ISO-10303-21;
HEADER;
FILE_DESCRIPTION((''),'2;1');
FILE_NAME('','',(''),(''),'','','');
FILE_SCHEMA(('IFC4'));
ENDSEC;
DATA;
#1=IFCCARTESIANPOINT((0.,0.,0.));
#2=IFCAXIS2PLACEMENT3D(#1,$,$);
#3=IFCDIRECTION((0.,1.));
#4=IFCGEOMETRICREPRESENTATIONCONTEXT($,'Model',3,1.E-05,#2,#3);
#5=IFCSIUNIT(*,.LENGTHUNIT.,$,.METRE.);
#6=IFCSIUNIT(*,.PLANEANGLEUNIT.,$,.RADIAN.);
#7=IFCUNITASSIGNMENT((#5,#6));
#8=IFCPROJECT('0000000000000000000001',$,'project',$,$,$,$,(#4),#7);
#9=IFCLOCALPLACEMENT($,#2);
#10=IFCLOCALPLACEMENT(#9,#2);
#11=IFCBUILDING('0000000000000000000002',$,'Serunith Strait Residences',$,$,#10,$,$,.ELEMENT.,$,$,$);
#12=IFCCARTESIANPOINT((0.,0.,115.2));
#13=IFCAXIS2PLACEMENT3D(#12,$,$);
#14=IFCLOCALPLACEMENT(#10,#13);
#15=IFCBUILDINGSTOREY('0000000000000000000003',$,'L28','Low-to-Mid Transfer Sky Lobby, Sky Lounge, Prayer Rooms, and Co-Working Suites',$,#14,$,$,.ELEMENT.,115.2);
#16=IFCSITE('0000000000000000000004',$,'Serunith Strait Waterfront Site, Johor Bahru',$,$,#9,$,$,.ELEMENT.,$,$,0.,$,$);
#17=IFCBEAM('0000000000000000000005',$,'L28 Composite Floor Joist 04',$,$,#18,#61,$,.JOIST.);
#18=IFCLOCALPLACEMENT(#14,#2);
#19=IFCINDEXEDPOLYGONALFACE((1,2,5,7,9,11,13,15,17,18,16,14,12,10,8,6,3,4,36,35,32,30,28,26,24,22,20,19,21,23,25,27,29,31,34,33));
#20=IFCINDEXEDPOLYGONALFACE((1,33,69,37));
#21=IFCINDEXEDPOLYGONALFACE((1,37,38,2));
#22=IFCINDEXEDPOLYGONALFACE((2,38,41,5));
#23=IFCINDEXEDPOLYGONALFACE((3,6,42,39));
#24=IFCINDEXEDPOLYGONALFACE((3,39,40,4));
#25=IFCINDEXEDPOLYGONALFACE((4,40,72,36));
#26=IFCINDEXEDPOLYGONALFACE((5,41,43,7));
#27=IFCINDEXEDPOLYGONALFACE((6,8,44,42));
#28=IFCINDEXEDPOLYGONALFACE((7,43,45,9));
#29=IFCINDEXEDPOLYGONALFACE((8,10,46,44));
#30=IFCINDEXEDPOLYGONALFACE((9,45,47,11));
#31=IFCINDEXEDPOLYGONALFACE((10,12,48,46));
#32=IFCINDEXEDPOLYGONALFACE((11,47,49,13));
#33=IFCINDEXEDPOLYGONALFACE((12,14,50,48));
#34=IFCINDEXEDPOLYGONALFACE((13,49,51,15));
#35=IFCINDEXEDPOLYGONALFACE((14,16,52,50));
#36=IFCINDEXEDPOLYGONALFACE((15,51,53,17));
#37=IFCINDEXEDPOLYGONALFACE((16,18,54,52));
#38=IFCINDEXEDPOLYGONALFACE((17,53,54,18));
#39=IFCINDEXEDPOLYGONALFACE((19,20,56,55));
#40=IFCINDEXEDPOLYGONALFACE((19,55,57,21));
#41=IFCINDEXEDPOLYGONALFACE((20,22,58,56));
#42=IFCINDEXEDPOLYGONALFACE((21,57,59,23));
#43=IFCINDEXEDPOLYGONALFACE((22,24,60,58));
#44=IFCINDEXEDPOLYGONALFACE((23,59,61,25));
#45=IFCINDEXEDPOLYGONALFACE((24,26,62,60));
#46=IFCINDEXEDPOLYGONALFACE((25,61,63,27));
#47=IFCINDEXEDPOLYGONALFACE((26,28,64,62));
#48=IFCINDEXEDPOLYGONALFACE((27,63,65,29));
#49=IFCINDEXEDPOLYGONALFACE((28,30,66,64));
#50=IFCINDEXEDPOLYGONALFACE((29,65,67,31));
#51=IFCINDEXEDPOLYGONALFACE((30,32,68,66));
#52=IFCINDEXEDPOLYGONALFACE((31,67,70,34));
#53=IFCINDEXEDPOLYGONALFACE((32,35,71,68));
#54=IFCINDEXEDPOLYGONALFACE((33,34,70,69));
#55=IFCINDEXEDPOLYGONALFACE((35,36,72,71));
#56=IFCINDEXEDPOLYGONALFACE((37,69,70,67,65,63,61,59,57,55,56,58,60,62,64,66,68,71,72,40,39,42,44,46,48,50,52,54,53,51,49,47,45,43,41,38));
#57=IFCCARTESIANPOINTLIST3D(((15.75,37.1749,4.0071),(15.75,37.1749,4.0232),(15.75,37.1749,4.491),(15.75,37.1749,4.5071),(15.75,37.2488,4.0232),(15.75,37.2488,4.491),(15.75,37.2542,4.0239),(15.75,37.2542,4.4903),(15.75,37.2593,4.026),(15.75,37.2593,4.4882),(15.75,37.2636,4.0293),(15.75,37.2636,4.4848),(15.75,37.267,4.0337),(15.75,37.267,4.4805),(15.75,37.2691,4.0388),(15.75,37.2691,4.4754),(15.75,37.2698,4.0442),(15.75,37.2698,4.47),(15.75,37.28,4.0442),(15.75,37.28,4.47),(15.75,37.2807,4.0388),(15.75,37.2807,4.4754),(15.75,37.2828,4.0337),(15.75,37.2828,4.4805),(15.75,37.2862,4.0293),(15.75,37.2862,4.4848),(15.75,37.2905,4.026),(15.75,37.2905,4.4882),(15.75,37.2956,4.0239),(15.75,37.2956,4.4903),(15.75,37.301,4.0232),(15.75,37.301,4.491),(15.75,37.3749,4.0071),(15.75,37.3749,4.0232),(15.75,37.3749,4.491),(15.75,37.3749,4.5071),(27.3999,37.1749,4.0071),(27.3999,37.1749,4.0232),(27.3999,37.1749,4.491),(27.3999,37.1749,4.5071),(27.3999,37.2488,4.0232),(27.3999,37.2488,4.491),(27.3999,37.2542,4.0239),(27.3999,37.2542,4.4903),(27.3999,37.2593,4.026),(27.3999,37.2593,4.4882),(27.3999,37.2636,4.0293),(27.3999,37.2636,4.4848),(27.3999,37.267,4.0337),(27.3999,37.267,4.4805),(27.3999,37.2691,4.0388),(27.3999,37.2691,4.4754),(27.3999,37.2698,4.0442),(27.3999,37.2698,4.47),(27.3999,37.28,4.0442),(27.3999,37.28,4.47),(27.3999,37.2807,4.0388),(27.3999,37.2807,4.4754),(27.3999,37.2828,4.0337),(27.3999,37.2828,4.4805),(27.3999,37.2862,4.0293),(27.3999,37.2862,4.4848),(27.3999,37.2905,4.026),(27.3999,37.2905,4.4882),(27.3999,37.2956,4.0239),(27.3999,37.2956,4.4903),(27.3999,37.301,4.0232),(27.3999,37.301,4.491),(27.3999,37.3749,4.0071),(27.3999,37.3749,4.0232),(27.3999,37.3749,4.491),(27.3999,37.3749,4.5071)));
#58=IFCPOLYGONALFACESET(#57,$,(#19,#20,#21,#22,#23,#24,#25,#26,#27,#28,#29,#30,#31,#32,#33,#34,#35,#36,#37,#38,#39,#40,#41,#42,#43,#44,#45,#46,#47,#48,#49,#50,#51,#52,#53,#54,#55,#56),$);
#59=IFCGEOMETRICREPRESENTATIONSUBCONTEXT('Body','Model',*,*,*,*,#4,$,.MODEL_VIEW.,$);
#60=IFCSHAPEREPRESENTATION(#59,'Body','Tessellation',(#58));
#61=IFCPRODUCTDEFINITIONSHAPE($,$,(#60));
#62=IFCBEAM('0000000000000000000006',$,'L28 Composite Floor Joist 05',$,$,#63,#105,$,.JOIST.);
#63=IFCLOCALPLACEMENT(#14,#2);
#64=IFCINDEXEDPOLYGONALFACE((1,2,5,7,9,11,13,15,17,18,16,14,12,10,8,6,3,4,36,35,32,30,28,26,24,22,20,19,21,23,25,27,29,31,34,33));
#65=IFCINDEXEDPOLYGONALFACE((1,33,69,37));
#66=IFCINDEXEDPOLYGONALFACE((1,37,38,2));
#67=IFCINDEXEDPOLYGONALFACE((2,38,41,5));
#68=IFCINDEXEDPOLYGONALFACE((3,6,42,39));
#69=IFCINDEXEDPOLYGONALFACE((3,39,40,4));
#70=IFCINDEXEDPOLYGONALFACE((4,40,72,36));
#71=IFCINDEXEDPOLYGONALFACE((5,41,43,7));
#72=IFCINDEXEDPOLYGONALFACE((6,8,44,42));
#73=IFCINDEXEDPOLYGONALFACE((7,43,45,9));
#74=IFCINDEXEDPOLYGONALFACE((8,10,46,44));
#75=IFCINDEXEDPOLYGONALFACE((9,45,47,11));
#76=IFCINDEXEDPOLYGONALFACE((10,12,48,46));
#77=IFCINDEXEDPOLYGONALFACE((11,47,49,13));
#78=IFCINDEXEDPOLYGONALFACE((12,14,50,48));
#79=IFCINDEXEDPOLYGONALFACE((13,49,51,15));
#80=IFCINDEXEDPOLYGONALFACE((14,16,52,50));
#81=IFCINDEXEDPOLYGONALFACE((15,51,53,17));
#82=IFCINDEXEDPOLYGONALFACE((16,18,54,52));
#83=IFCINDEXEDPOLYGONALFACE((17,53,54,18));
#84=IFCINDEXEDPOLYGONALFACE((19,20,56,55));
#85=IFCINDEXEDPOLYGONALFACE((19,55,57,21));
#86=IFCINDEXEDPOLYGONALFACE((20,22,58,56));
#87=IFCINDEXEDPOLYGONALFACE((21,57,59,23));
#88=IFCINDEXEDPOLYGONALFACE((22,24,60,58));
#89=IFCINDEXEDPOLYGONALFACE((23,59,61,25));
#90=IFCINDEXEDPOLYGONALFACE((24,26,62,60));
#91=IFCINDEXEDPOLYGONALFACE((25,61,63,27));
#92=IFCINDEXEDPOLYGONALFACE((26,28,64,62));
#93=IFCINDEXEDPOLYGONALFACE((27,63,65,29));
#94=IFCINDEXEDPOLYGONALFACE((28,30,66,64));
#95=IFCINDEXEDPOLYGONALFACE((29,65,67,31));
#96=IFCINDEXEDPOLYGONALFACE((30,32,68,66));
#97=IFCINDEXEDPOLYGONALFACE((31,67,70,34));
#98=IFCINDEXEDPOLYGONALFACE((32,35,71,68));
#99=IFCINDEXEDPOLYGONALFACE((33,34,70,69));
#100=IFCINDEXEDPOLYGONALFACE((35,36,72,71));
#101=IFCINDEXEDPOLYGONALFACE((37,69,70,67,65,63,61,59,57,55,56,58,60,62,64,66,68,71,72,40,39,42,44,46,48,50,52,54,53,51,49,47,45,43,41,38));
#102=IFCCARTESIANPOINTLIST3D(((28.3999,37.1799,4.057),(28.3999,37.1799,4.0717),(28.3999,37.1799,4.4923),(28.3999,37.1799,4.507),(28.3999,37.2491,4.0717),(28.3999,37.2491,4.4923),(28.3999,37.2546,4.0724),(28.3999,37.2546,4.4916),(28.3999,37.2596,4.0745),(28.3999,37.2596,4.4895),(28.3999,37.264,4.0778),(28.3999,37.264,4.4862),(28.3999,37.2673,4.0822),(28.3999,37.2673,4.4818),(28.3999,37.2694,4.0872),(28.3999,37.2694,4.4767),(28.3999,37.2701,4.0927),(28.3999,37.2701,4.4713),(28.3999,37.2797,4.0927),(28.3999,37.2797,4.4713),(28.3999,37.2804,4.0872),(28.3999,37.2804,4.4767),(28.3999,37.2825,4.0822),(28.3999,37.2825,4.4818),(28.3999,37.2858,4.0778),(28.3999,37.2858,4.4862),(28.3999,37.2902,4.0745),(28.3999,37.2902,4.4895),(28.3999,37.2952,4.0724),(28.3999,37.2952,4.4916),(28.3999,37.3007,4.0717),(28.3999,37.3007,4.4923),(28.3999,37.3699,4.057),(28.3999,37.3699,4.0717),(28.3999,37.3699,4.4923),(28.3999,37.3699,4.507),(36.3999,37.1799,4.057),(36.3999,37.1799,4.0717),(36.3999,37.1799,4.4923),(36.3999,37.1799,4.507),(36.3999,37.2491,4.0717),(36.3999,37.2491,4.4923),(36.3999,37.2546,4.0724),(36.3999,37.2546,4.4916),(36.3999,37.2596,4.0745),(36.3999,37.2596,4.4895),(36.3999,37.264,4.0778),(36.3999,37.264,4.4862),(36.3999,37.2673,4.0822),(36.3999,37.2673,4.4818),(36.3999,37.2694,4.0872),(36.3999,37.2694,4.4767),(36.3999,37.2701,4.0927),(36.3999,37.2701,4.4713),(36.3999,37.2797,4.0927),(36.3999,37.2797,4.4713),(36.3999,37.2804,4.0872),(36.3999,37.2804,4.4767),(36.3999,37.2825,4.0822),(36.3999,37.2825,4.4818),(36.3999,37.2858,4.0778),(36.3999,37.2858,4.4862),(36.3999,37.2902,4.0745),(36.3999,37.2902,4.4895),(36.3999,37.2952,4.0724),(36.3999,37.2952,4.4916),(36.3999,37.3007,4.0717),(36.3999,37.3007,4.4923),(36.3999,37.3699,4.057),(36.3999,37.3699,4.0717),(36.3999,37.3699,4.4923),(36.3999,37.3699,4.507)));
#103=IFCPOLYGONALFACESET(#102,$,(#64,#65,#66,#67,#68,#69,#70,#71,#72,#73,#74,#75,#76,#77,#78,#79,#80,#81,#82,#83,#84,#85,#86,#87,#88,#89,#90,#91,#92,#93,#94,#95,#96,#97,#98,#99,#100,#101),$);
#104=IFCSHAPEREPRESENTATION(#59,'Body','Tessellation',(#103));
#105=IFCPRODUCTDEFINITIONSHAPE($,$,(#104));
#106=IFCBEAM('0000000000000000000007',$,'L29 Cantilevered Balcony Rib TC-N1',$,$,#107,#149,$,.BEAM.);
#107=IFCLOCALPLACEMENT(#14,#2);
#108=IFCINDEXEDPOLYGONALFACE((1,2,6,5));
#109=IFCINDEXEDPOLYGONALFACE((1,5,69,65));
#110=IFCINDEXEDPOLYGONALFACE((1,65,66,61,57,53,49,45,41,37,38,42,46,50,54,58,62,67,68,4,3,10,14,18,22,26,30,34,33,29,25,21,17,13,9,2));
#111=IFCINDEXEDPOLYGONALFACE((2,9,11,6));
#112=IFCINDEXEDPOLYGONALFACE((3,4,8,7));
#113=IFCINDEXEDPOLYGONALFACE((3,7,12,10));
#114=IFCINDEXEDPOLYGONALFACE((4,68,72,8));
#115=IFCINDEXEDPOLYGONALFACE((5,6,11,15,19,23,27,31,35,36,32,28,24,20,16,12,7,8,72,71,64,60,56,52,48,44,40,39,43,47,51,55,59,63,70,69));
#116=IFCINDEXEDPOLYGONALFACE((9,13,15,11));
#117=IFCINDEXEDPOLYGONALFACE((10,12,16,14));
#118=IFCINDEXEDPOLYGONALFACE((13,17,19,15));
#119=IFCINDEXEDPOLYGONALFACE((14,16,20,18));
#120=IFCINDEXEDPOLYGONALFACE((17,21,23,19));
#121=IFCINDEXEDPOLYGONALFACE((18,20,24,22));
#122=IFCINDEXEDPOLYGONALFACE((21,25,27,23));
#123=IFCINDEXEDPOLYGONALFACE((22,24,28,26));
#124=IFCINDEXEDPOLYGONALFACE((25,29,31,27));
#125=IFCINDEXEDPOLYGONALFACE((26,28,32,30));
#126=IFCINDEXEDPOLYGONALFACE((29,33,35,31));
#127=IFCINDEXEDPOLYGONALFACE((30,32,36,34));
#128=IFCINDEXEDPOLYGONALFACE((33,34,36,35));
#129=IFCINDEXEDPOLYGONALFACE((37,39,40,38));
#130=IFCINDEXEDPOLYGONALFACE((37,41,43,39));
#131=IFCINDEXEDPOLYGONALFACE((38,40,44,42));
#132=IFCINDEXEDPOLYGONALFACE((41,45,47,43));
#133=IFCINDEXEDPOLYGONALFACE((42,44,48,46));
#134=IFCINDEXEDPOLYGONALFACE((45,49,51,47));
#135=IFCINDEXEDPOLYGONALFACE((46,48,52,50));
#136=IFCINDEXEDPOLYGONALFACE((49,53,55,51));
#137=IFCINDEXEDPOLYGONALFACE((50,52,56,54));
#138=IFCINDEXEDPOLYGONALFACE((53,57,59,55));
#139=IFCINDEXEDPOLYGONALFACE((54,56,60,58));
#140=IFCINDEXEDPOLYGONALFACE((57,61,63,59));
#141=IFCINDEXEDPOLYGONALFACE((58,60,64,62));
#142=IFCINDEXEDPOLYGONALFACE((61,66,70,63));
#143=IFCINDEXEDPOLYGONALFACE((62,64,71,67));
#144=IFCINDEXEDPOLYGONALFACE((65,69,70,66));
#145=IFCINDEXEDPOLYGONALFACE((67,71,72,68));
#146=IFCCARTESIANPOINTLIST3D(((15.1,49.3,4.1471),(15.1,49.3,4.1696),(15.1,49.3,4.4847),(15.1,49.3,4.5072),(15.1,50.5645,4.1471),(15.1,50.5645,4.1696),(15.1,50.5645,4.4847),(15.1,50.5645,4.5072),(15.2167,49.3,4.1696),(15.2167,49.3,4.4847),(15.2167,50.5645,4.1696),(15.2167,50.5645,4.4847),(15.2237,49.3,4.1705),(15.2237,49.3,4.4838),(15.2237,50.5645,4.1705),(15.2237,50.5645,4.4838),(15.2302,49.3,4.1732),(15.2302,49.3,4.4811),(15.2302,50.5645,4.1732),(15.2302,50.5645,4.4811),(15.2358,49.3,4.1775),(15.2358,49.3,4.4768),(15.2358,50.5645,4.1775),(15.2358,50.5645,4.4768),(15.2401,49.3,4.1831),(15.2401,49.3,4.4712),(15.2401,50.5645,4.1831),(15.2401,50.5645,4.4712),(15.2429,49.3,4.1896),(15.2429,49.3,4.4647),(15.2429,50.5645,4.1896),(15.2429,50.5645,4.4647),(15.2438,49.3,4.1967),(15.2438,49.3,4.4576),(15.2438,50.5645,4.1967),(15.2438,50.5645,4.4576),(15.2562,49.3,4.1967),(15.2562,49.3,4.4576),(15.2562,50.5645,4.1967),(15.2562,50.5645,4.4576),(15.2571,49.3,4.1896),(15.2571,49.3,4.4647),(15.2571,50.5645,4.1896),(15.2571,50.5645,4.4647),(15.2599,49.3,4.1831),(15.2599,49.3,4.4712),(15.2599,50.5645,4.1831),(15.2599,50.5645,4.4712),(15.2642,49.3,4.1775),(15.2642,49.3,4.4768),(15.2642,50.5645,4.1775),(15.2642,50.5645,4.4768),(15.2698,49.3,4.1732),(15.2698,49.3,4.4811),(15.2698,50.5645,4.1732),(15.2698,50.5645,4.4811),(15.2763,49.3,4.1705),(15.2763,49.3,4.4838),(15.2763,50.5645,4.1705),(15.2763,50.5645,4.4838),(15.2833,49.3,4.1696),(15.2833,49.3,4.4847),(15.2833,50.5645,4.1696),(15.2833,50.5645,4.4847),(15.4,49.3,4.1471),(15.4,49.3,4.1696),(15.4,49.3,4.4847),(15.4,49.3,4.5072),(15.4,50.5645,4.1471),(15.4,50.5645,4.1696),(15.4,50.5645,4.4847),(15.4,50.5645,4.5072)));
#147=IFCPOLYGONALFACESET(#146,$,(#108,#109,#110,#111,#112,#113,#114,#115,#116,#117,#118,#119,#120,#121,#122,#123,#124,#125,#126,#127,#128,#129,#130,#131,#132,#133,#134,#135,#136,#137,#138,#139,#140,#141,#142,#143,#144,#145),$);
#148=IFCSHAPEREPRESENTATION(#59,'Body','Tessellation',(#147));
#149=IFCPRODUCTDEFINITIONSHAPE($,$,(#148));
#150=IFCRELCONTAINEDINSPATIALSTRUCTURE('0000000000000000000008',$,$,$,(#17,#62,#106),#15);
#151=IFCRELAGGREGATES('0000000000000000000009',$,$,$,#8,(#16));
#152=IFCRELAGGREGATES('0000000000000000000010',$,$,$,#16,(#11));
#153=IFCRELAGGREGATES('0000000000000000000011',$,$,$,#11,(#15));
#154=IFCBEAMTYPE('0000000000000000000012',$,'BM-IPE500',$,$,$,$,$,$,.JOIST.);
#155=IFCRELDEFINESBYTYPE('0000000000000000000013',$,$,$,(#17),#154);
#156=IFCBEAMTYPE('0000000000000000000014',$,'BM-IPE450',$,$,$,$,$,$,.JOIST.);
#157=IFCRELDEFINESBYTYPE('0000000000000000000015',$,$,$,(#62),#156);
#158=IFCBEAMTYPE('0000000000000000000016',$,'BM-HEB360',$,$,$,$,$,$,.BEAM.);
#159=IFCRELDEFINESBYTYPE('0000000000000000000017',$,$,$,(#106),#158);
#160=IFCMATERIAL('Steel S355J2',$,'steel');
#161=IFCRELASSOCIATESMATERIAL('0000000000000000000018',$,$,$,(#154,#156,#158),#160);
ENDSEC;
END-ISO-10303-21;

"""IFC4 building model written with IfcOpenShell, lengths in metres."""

from ifc_helpers import new_model, si_unit, direction, frame, origin, origin_2d, place, context, subcontext, project, spatial, i_section, extrude, source, transform, mapped, material, material_profile, profile_set, type_object, element, save


model = new_model("IFC4")

# Units and contexts
model_context = context("Model", 3, precision=1e-05, world=origin(), true_north=direction((0.0, 1.0)))
body_context = subcontext(model_context, "Body", "Model", "MODEL_VIEW")
ifc_project = project(units=[si_unit("LENGTHUNIT", "METRE"), si_unit("PLANEANGLEUNIT", "RADIAN")], contexts=[model_context])

# Site, building, storey
site_placement = place(None, origin())
site = spatial("IfcSite", under=ifc_project, at=site_placement, Name="Serunith Strait Waterfront Site, Johor Bahru", CompositionType="ELEMENT", RefElevation=0.0)
building_placement = place(site_placement, origin())
building = spatial("IfcBuilding", under=site, at=building_placement, Name="Serunith Strait Residences", CompositionType="ELEMENT")
storey_placement = place(building_placement, frame((0.0, 0.0, 115.2)))
storey = spatial("IfcBuildingStorey", under=building, at=storey_placement, Name="L28", Description="Low-to-Mid Transfer Sky Lobby, Sky Lounge, Prayer Rooms, and Co-Working Suites", CompositionType="ELEMENT", Elevation=115.2)

# Beams
ifc_material_1 = material(Name="Steel S355J2", Category="steel")
ifc_material_profile_1 = material_profile(ifc_material_1, i_section(OverallWidth=0.2, OverallDepth=0.5, WebThickness=0.0103, FlangeThickness=0.0161, FilletRadius=0.021, at=origin_2d()), Name="IPE 500")
ifc_profile_set_1 = profile_set([ifc_material_profile_1], Name="Steel S355J2")
beam_type_1 = type_object("IfcBeamType", Name="BM-IPE500", PredefinedType="JOIST", material=ifc_profile_set_1)
shared_shape_1 = source(origin(), body_context, "Body", "SweptSolid", [
    extrude(i_section(OverallWidth=0.2, OverallDepth=0.5, WebThickness=0.0103, FlangeThickness=0.0161, FilletRadius=0.021, at=origin_2d()), origin(), (0.0, 0.0, 1.0), 11.6499),
])
beam_1_placement = place(storey_placement, frame((15.75, 37.2749, 4.2571), z_axis=(1.0, 0.0, 0.0), x_axis=(0.0, 1.0, 0.0)))
element("IfcBeam", 1, at=beam_1_placement, inside=storey, type_object=beam_type_1, Name="L28 Composite Floor Joist 04", PredefinedType="JOIST", context=body_context, shape_type="MappedRepresentation", body=[
    mapped(shared_shape_1, transform((0.0, 0.0, 0.0), scale=1.0)),
])
ifc_material_profile_2 = material_profile(ifc_material_1, i_section(OverallWidth=0.1899, OverallDepth=0.45, WebThickness=0.0095, FlangeThickness=0.0146, FilletRadius=0.021, at=origin_2d()), Name="IPE 450")
ifc_profile_set_2 = profile_set([ifc_material_profile_2], Name="Steel S355J2")
beam_type_2 = type_object("IfcBeamType", Name="BM-IPE450", PredefinedType="JOIST", material=ifc_profile_set_2)
shared_shape_2 = source(origin(), body_context, "Body", "SweptSolid", [
    extrude(i_section(OverallWidth=0.1899, OverallDepth=0.45, WebThickness=0.0095, FlangeThickness=0.0146, FilletRadius=0.021, at=origin_2d()), origin(), (0.0, 0.0, 1.0), 8.0),
])
beam_2_placement = place(storey_placement, frame((28.3999, 37.2749, 4.282), z_axis=(1.0, 0.0, 0.0), x_axis=(0.0, 1.0, 0.0)))
element("IfcBeam", 2, at=beam_2_placement, inside=storey, type_object=beam_type_2, Name="L28 Composite Floor Joist 05", PredefinedType="JOIST", context=body_context, shape_type="MappedRepresentation", body=[
    mapped(shared_shape_2, transform((0.0, 0.0, 0.0), scale=1.0)),
])
ifc_material_profile_3 = material_profile(ifc_material_1, i_section(OverallWidth=0.3, OverallDepth=0.3601, WebThickness=0.0125, FlangeThickness=0.0225, FilletRadius=0.0271, at=origin_2d()), Name="HEB 360")
ifc_profile_set_3 = profile_set([ifc_material_profile_3], Name="Steel S355J2")
beam_type_3 = type_object("IfcBeamType", Name="BM-HEB360", PredefinedType="BEAM", material=ifc_profile_set_3)
shared_shape_3 = source(origin(), body_context, "Body", "SweptSolid", [
    extrude(i_section(OverallWidth=0.3, OverallDepth=0.3601, WebThickness=0.0125, FlangeThickness=0.0225, FilletRadius=0.0271, at=origin_2d()), origin(), (0.0, 0.0, 1.0), 1.2644),
])
beam_3_placement = place(storey_placement, frame((15.25, 49.3, 4.3271), z_axis=(0.0, 1.0, 0.0), x_axis=(-1.0, 0.0, 0.0)))
element("IfcBeam", 3, at=beam_3_placement, inside=storey, type_object=beam_type_3, Name="L29 Cantilevered Balcony Rib TC-N1", PredefinedType="BEAM", context=body_context, shape_type="MappedRepresentation", body=[
    mapped(shared_shape_3, transform((0.0, 0.0, 0.0), scale=1.0)),
])

save(model, "model.ifc")
